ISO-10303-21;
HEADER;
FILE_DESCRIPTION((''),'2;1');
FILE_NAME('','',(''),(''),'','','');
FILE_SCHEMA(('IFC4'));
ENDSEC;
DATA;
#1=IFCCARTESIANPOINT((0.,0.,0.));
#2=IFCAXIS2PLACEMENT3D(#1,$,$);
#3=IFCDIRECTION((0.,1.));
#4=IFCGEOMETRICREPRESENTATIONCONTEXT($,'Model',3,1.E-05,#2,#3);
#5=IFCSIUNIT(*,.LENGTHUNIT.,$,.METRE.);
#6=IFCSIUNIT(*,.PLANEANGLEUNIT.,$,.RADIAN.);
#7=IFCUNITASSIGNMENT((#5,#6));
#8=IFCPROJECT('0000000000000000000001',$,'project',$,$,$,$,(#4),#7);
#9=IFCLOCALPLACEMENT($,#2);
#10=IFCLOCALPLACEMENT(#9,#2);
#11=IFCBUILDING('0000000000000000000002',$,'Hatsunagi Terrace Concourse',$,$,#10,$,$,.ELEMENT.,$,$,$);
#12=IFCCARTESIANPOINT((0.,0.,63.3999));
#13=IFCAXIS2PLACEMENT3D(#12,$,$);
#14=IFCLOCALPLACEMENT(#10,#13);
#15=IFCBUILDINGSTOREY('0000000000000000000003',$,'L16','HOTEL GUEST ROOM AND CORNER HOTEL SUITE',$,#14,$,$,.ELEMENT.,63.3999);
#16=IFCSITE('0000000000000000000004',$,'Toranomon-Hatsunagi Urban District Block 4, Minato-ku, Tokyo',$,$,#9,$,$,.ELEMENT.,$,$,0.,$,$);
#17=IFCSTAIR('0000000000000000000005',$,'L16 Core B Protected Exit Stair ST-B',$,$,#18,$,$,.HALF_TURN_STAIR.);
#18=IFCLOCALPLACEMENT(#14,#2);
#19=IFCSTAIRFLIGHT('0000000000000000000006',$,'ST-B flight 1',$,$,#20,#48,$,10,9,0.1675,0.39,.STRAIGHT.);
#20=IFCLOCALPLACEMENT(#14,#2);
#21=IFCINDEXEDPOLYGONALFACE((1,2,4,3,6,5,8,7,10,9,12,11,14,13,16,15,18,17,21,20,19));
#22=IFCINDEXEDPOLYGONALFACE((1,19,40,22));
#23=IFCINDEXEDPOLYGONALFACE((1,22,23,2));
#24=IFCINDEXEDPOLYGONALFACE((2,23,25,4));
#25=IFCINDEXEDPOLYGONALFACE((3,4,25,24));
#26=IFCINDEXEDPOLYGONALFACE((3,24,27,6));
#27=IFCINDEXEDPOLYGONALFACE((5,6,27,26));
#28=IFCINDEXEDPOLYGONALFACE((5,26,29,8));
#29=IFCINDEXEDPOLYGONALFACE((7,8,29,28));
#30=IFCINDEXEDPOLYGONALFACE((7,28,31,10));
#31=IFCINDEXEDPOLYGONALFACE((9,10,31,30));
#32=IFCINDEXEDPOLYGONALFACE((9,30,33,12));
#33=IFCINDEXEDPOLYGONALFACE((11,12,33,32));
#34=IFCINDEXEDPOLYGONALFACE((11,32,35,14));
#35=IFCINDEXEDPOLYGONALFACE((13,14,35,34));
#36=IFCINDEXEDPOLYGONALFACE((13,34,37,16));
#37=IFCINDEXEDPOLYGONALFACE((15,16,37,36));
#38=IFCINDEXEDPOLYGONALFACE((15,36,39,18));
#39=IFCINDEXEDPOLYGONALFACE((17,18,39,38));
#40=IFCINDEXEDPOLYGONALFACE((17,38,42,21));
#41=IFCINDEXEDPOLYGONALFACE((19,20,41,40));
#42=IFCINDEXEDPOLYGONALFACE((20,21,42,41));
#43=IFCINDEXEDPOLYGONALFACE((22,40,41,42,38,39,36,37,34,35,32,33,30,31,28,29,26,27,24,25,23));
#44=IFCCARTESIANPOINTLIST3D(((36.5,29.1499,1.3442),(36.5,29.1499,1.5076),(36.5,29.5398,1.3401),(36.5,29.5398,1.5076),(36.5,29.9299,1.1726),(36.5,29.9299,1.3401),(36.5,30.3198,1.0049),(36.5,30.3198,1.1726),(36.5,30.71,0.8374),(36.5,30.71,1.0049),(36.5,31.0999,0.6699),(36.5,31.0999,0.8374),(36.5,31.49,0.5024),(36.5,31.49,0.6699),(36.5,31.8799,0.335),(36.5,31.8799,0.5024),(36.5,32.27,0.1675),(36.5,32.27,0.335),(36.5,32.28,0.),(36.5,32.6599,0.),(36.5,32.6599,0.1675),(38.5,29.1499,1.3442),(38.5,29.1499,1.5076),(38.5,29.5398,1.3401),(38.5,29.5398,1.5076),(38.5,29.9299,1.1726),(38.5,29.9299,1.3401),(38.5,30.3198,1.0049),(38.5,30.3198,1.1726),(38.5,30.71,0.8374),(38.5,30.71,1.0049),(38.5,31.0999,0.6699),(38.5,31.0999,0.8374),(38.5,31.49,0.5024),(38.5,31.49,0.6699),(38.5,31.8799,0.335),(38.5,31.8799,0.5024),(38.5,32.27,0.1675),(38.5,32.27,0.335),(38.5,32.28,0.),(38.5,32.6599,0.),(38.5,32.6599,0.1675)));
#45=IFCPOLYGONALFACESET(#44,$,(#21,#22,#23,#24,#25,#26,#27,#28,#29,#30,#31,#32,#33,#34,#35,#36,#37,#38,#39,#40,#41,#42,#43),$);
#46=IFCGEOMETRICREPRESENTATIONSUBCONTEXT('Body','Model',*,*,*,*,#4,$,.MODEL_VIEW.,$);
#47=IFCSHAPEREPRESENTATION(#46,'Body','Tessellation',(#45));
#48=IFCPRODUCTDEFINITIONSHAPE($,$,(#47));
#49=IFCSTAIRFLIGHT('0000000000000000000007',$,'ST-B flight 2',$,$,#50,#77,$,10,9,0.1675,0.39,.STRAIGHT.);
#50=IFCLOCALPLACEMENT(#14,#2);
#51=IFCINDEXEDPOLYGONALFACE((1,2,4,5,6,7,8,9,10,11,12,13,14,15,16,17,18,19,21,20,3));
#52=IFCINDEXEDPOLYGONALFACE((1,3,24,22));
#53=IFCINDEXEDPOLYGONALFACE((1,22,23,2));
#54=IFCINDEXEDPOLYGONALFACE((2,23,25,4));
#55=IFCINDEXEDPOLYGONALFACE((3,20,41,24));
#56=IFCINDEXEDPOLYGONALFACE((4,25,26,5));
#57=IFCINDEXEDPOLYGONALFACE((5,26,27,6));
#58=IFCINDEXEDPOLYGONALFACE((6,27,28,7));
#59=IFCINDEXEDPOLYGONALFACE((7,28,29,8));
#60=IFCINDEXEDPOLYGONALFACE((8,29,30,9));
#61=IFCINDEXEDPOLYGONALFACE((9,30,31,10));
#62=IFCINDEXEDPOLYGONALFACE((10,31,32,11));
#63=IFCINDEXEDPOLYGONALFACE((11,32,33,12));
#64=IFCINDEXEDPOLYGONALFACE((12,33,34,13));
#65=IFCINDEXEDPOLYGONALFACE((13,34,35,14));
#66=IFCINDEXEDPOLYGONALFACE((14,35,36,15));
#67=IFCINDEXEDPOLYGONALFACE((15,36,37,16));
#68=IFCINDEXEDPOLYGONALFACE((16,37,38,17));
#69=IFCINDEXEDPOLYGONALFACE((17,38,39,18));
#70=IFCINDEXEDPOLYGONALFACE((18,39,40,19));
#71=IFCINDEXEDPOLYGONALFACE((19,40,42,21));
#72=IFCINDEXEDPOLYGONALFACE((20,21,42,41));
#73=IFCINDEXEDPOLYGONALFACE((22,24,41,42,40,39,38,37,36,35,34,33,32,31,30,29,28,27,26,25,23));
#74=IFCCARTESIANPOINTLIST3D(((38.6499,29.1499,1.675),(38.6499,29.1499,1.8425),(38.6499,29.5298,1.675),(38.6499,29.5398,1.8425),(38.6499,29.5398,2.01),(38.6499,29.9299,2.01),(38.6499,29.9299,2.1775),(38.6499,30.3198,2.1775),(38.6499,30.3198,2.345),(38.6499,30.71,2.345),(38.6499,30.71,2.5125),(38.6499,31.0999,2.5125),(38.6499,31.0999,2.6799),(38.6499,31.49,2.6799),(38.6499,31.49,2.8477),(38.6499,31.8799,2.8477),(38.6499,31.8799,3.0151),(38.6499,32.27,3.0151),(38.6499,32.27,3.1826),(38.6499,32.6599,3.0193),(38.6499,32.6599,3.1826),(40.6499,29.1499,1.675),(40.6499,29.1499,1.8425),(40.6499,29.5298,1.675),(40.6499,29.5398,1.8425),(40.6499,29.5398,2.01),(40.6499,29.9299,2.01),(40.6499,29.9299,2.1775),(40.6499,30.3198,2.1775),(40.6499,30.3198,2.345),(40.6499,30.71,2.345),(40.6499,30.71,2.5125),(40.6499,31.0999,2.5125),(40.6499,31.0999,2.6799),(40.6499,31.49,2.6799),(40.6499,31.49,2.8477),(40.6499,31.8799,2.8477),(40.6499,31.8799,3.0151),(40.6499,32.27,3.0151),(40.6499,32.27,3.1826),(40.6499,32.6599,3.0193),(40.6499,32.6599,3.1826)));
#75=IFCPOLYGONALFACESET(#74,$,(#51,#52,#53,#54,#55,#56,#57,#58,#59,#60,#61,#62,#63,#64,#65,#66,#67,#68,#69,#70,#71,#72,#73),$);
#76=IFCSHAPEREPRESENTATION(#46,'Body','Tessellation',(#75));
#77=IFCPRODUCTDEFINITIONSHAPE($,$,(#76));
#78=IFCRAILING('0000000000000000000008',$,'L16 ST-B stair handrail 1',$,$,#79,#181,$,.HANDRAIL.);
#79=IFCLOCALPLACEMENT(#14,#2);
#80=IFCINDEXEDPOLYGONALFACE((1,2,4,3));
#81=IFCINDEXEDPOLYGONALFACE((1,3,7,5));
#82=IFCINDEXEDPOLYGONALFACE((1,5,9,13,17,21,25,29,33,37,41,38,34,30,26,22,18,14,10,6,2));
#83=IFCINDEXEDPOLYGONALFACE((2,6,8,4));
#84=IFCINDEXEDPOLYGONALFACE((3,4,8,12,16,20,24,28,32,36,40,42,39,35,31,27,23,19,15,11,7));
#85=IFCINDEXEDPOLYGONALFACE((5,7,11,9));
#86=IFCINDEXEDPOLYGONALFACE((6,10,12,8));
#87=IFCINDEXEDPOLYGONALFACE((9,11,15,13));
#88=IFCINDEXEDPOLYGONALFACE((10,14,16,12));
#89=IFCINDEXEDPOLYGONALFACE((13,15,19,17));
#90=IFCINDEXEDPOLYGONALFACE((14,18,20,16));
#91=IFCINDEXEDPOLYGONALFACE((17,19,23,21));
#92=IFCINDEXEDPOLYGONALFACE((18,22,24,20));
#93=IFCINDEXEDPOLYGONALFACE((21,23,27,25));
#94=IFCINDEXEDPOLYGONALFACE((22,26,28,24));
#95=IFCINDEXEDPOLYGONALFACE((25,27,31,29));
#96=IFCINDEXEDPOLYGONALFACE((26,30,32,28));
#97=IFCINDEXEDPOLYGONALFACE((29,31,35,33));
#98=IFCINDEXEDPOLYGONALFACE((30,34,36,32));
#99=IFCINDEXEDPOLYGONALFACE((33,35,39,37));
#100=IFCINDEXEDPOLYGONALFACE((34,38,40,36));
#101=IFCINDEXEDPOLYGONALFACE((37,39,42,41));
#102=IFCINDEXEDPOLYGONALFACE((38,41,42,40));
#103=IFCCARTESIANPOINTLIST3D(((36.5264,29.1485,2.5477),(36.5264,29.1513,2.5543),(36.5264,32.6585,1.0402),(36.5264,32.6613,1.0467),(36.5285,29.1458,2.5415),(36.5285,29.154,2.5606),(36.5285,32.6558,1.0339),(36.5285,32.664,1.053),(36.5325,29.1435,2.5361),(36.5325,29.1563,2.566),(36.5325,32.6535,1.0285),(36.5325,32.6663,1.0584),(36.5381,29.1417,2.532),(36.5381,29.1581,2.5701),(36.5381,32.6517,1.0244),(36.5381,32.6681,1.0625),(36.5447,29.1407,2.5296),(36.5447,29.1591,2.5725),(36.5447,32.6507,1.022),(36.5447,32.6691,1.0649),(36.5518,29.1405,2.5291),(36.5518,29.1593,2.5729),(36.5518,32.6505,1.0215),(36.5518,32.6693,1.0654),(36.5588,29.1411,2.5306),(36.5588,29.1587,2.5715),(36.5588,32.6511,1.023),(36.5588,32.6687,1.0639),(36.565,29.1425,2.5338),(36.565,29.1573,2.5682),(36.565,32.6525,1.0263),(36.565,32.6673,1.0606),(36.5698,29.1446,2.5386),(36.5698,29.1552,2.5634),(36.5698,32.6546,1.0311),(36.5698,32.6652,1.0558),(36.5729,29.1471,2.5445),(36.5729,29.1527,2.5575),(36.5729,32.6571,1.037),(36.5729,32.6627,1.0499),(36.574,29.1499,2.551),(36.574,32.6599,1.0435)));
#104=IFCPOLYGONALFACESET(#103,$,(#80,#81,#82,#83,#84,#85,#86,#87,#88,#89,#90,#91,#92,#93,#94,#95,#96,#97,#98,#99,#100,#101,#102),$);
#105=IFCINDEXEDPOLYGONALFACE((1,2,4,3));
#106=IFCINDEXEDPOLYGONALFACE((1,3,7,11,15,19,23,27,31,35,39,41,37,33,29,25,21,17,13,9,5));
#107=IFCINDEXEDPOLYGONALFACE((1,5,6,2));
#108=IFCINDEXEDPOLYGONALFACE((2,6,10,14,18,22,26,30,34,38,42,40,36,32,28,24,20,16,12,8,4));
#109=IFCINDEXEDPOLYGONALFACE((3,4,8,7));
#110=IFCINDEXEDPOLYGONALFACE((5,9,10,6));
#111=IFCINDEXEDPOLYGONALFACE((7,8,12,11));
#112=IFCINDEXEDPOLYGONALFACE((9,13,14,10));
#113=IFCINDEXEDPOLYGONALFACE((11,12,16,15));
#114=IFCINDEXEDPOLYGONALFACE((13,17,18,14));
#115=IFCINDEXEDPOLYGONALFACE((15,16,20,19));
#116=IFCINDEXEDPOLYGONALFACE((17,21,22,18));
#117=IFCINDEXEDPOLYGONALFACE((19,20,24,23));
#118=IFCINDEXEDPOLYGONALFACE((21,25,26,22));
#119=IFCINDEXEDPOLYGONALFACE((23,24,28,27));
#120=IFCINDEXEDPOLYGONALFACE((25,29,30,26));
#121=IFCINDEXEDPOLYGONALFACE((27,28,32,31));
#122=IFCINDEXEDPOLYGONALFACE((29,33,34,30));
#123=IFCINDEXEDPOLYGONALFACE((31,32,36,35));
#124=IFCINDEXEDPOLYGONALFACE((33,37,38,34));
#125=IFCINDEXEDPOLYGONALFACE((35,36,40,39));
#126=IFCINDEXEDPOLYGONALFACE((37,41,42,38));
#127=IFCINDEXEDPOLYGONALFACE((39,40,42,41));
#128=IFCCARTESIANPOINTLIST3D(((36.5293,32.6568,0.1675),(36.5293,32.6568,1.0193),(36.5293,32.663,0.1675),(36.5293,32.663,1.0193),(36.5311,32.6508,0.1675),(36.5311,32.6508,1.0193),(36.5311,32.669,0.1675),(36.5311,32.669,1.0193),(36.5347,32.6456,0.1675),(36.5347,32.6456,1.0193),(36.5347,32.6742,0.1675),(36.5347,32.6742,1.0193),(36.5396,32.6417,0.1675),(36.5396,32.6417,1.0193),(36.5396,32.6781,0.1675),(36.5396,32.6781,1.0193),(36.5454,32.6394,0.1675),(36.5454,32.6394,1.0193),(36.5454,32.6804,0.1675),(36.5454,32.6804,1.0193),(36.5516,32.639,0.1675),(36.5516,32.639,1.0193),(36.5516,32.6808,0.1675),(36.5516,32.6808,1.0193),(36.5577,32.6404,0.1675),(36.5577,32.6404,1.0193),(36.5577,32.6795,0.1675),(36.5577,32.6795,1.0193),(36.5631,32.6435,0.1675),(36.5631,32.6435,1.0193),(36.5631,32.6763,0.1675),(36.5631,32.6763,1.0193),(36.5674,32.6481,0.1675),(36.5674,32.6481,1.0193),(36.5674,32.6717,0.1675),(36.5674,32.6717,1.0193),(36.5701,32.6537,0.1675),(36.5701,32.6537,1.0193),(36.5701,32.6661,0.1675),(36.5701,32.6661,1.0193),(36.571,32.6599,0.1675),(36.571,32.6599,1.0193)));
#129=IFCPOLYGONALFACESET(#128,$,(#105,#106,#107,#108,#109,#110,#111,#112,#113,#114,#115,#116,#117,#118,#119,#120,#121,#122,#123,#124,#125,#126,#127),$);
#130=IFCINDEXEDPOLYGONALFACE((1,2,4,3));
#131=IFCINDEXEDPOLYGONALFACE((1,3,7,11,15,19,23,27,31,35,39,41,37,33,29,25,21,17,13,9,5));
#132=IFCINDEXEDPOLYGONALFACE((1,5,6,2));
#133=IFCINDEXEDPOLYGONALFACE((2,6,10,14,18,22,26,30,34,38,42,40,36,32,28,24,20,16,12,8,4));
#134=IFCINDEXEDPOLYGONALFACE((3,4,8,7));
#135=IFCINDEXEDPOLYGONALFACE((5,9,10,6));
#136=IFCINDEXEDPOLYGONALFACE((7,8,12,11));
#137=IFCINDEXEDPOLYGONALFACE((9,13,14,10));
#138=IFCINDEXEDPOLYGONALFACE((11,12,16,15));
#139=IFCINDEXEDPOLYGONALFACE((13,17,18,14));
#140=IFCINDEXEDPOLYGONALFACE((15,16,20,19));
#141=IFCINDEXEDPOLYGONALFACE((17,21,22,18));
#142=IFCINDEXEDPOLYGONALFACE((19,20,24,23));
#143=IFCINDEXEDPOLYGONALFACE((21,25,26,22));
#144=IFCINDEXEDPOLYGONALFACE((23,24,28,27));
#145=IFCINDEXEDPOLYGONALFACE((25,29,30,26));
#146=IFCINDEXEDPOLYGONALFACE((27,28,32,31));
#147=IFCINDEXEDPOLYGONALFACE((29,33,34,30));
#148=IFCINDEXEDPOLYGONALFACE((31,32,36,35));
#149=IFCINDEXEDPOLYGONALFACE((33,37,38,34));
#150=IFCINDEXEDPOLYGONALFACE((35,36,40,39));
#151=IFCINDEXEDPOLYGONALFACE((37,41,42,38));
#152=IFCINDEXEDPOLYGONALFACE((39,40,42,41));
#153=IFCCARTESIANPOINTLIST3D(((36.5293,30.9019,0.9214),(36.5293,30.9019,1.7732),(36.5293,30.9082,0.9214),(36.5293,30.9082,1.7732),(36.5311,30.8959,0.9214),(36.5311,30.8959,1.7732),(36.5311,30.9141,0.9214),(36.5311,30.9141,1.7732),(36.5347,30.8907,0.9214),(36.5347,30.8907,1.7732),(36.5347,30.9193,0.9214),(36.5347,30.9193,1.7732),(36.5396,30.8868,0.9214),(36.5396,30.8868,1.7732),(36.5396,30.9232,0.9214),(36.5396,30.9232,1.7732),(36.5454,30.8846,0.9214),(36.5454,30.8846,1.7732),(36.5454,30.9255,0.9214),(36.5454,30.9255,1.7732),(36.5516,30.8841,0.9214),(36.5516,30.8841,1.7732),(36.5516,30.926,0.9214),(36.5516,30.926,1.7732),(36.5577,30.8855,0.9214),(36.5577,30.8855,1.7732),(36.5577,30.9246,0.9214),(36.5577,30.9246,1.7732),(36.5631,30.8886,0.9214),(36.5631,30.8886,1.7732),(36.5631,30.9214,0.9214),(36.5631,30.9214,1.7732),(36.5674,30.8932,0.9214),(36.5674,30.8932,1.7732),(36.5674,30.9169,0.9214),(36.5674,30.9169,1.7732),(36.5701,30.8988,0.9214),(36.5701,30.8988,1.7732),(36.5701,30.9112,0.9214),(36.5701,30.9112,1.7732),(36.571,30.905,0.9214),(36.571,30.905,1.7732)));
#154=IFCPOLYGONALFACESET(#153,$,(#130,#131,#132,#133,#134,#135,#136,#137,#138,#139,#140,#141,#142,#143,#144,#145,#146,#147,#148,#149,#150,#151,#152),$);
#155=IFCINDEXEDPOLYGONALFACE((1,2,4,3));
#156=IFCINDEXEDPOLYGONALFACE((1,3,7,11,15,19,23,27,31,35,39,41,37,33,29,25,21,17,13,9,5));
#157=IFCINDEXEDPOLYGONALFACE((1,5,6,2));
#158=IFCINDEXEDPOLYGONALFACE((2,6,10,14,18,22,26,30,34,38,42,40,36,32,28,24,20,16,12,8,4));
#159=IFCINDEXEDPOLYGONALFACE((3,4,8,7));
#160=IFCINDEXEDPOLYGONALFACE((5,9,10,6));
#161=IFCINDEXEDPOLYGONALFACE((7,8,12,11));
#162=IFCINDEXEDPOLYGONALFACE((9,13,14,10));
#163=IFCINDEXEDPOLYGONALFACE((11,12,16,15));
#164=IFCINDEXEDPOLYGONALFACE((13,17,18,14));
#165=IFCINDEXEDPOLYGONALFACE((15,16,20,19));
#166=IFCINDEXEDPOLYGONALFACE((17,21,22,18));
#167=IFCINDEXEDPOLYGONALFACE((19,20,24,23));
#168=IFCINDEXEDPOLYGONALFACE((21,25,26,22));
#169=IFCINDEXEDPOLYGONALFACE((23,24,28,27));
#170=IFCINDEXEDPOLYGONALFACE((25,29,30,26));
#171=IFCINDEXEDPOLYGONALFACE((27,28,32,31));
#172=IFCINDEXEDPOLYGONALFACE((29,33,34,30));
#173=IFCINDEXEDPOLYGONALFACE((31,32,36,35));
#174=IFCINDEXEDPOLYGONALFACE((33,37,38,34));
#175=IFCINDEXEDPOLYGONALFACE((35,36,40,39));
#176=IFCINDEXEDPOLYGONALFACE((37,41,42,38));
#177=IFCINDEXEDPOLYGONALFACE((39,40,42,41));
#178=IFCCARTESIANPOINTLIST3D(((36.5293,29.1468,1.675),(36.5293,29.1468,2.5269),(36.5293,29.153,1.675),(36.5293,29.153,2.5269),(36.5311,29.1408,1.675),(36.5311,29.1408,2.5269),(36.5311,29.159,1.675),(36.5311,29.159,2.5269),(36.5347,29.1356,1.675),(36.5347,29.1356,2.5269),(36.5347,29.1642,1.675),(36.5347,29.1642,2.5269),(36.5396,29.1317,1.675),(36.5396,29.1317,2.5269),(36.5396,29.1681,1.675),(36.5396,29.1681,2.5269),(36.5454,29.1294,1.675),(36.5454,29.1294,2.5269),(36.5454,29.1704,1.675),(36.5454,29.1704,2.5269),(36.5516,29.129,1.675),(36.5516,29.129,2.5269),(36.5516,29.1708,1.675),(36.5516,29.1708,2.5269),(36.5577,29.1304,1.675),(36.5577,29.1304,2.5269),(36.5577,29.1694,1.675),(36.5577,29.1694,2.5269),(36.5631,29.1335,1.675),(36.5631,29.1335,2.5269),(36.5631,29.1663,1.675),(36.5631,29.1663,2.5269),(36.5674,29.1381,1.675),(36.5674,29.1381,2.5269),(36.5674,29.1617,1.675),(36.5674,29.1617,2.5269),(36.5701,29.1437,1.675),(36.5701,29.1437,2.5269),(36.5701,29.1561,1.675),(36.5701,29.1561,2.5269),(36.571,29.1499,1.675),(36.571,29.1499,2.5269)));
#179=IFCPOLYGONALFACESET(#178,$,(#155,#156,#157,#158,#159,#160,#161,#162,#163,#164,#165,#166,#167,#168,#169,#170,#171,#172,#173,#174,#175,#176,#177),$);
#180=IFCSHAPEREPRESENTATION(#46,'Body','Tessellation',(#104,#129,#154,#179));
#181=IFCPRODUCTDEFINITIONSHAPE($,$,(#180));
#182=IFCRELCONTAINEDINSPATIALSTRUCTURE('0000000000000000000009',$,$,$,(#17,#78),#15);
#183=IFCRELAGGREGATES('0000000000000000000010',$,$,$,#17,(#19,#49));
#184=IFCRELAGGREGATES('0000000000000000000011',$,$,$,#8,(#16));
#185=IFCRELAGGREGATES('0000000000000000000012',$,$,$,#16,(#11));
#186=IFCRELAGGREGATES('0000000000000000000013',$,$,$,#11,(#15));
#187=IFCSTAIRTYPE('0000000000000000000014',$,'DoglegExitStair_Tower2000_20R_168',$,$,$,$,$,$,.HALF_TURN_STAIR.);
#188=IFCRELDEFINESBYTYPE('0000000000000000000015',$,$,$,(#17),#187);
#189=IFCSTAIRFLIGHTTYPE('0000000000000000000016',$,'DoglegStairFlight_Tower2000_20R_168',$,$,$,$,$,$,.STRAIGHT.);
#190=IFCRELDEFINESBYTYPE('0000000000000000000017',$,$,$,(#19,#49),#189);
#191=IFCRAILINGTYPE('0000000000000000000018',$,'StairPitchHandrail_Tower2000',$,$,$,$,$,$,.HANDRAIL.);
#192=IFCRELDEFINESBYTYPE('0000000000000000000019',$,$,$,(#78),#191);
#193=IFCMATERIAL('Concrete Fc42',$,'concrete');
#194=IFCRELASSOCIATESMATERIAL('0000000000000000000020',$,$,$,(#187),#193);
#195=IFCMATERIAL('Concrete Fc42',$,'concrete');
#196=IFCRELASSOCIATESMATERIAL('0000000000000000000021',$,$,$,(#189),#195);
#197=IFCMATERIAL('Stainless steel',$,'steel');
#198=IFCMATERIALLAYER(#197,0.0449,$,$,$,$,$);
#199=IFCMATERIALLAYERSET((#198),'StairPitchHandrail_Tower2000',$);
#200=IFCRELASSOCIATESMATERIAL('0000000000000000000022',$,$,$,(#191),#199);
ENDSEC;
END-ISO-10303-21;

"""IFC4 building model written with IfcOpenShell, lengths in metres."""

from ifc_helpers import new_model, si_unit, direction, frame, origin, origin_2d, place, context, subcontext, project, spatial, polyline, circle, outline, extrude, material, layer, layer_set, type_object, element, aggregate, save


model = new_model("IFC4")

# Units and contexts
model_context = context("Model", 3, precision=1e-05, world=origin(), true_north=direction((0.0, 1.0)))
body_context = subcontext(model_context, "Body", "Model", "MODEL_VIEW")
ifc_project = project(units=[si_unit("LENGTHUNIT", "METRE"), si_unit("PLANEANGLEUNIT", "RADIAN")], contexts=[model_context])

# Site, building, storey
site_placement = place(None, origin())
site = spatial("IfcSite", under=ifc_project, at=site_placement, Name="Toranomon-Hatsunagi Urban District Block 4, Minato-ku, Tokyo", CompositionType="ELEMENT", RefElevation=0.0)
building_placement = place(site_placement, origin())
building = spatial("IfcBuilding", under=site, at=building_placement, Name="Hatsunagi Terrace Concourse", CompositionType="ELEMENT")
storey_placement = place(building_placement, frame((0.0, 0.0, 63.3999)))
storey = spatial("IfcBuildingStorey", under=building, at=storey_placement, Name="L16", Description="HOTEL GUEST ROOM AND CORNER HOTEL SUITE", CompositionType="ELEMENT", Elevation=63.3999)

# Stair, stair flights
ifc_material_1 = material(Name="Concrete Fc42", Category="concrete")
stair_type = type_object("IfcStairType", Name="DoglegExitStair_Tower2000_20R_168", PredefinedType="HALF_TURN_STAIR", material=ifc_material_1)
stair_placement = place(storey_placement, origin())
stair = element("IfcStair", 1, at=stair_placement, inside=storey, type_object=stair_type, Name="L16 Core B Protected Exit Stair ST-B", PredefinedType="HALF_TURN_STAIR")
ifc_material_2 = material(Name="Concrete Fc42", Category="concrete")
stair_flight_type = type_object("IfcStairFlightType", Name="DoglegStairFlight_Tower2000_20R_168", PredefinedType="STRAIGHT", material=ifc_material_2)
stair_flight_1_placement = place(storey_placement, frame((37.5, 32.6599, 0.0), z_axis=(0.0, 0.0, 1.0), x_axis=(0.0, -1.0, 0.0)))
stair_flight_1 = element("IfcStairFlight", 2, at=stair_flight_1_placement, type_object=stair_flight_type, Name="ST-B flight 1", NumberOfRisers=10, NumberOfTreads=9, PredefinedType="STRAIGHT", RiserHeight=0.1675, TreadLength=0.39, context=body_context, shape_type="SweptSolid", body=[
    extrude(outline(polyline([(0.0, 0.0), (0.0, 0.1675), (0.3899, 0.1675), (0.3899, 0.335), (0.78, 0.335), (0.78, 0.5024), (1.1699, 0.5024), (1.1699, 0.6699), (1.5601, 0.6699), (1.5601, 0.8374), (1.95, 0.8374), (1.95, 1.0049), (2.3401, 1.0049), (2.3401, 1.1726), (2.73, 1.1726), (2.73, 1.3401), (3.1201, 1.3401), (3.1201, 1.5076), (3.51, 1.5076), (3.51, 1.675), (3.51, 1.3442), (0.3799, 0.0), (0.0, 0.0)])), frame((0.0, 1.0, 0.0), z_axis=(0.0, -1.0, 0.0), x_axis=(1.0, 0.0, 0.0)), (0.0, 0.0, 1.0), 2.0),
])
stair_flight_2_placement = place(storey_placement, frame((39.6499, 29.1499, 1.675), z_axis=(0.0, 0.0, 1.0), x_axis=(0.0, 1.0, 0.0)))
stair_flight_2 = element("IfcStairFlight", 3, at=stair_flight_2_placement, type_object=stair_flight_type, Name="ST-B flight 2", NumberOfRisers=10, NumberOfTreads=9, PredefinedType="STRAIGHT", RiserHeight=0.1675, TreadLength=0.39, context=body_context, shape_type="SweptSolid", body=[
    extrude(outline(polyline([(0.0, 0.0), (0.0, 0.1675), (0.3899, 0.1675), (0.3899, 0.335), (0.78, 0.335), (0.78, 0.5024), (1.1699, 0.5024), (1.1699, 0.6699), (1.5601, 0.6699), (1.5601, 0.8374), (1.95, 0.8374), (1.95, 1.0049), (2.3401, 1.0049), (2.3401, 1.1726), (2.73, 1.1726), (2.73, 1.3401), (3.1201, 1.3401), (3.1201, 1.5076), (3.51, 1.5076), (3.51, 1.675), (3.51, 1.3442), (0.3799, 0.0), (0.0, 0.0)])), frame((0.0, 1.0, 0.0), z_axis=(0.0, -1.0, 0.0), x_axis=(1.0, 0.0, 0.0)), (0.0, 0.0, 1.0), 2.0),
])
aggregate(stair, [stair_flight_1, stair_flight_2])

# Railing
ifc_material_3 = material(Name="Stainless steel", Category="steel")
ifc_layer_1 = layer(ifc_material_3, 0.0449)
ifc_layer_set_1 = layer_set([ifc_layer_1], Name="StairPitchHandrail_Tower2000")
railing_type_1 = type_object("IfcRailingType", Name="StairPitchHandrail_Tower2000", PredefinedType="HANDRAIL", material=ifc_layer_set_1)
railing_1_placement = place(storey_placement, frame((36.55, 32.6599, 0.1675)))
element("IfcRailing", 4, at=railing_1_placement, inside=storey, type_object=railing_type_1, Name="L16 ST-B stair handrail 1", PredefinedType="HANDRAIL", context=body_context, shape_type="SweptSolid", body=[
    extrude(circle(Radius=0.0239, at=origin_2d()), frame((0.0, 0.0, 0.876), z_axis=(0.0, -0.918834, 0.394644), x_axis=(1.0, 0.0, 0.0)), (0.0, 0.0, 1.0), 3.8201),
    extrude(circle(Radius=0.021, at=origin_2d()), origin(), (0.0, 0.0, 1.0), 0.8518),
    extrude(circle(Radius=0.021, at=origin_2d()), frame((0.0, -1.7549, 0.7539)), (0.0, 0.0, 1.0), 0.8518),
    extrude(circle(Radius=0.021, at=origin_2d()), frame((0.0, -3.51, 1.5076)), (0.0, 0.0, 1.0), 0.8518),
])

save(model, "model.ifc")
